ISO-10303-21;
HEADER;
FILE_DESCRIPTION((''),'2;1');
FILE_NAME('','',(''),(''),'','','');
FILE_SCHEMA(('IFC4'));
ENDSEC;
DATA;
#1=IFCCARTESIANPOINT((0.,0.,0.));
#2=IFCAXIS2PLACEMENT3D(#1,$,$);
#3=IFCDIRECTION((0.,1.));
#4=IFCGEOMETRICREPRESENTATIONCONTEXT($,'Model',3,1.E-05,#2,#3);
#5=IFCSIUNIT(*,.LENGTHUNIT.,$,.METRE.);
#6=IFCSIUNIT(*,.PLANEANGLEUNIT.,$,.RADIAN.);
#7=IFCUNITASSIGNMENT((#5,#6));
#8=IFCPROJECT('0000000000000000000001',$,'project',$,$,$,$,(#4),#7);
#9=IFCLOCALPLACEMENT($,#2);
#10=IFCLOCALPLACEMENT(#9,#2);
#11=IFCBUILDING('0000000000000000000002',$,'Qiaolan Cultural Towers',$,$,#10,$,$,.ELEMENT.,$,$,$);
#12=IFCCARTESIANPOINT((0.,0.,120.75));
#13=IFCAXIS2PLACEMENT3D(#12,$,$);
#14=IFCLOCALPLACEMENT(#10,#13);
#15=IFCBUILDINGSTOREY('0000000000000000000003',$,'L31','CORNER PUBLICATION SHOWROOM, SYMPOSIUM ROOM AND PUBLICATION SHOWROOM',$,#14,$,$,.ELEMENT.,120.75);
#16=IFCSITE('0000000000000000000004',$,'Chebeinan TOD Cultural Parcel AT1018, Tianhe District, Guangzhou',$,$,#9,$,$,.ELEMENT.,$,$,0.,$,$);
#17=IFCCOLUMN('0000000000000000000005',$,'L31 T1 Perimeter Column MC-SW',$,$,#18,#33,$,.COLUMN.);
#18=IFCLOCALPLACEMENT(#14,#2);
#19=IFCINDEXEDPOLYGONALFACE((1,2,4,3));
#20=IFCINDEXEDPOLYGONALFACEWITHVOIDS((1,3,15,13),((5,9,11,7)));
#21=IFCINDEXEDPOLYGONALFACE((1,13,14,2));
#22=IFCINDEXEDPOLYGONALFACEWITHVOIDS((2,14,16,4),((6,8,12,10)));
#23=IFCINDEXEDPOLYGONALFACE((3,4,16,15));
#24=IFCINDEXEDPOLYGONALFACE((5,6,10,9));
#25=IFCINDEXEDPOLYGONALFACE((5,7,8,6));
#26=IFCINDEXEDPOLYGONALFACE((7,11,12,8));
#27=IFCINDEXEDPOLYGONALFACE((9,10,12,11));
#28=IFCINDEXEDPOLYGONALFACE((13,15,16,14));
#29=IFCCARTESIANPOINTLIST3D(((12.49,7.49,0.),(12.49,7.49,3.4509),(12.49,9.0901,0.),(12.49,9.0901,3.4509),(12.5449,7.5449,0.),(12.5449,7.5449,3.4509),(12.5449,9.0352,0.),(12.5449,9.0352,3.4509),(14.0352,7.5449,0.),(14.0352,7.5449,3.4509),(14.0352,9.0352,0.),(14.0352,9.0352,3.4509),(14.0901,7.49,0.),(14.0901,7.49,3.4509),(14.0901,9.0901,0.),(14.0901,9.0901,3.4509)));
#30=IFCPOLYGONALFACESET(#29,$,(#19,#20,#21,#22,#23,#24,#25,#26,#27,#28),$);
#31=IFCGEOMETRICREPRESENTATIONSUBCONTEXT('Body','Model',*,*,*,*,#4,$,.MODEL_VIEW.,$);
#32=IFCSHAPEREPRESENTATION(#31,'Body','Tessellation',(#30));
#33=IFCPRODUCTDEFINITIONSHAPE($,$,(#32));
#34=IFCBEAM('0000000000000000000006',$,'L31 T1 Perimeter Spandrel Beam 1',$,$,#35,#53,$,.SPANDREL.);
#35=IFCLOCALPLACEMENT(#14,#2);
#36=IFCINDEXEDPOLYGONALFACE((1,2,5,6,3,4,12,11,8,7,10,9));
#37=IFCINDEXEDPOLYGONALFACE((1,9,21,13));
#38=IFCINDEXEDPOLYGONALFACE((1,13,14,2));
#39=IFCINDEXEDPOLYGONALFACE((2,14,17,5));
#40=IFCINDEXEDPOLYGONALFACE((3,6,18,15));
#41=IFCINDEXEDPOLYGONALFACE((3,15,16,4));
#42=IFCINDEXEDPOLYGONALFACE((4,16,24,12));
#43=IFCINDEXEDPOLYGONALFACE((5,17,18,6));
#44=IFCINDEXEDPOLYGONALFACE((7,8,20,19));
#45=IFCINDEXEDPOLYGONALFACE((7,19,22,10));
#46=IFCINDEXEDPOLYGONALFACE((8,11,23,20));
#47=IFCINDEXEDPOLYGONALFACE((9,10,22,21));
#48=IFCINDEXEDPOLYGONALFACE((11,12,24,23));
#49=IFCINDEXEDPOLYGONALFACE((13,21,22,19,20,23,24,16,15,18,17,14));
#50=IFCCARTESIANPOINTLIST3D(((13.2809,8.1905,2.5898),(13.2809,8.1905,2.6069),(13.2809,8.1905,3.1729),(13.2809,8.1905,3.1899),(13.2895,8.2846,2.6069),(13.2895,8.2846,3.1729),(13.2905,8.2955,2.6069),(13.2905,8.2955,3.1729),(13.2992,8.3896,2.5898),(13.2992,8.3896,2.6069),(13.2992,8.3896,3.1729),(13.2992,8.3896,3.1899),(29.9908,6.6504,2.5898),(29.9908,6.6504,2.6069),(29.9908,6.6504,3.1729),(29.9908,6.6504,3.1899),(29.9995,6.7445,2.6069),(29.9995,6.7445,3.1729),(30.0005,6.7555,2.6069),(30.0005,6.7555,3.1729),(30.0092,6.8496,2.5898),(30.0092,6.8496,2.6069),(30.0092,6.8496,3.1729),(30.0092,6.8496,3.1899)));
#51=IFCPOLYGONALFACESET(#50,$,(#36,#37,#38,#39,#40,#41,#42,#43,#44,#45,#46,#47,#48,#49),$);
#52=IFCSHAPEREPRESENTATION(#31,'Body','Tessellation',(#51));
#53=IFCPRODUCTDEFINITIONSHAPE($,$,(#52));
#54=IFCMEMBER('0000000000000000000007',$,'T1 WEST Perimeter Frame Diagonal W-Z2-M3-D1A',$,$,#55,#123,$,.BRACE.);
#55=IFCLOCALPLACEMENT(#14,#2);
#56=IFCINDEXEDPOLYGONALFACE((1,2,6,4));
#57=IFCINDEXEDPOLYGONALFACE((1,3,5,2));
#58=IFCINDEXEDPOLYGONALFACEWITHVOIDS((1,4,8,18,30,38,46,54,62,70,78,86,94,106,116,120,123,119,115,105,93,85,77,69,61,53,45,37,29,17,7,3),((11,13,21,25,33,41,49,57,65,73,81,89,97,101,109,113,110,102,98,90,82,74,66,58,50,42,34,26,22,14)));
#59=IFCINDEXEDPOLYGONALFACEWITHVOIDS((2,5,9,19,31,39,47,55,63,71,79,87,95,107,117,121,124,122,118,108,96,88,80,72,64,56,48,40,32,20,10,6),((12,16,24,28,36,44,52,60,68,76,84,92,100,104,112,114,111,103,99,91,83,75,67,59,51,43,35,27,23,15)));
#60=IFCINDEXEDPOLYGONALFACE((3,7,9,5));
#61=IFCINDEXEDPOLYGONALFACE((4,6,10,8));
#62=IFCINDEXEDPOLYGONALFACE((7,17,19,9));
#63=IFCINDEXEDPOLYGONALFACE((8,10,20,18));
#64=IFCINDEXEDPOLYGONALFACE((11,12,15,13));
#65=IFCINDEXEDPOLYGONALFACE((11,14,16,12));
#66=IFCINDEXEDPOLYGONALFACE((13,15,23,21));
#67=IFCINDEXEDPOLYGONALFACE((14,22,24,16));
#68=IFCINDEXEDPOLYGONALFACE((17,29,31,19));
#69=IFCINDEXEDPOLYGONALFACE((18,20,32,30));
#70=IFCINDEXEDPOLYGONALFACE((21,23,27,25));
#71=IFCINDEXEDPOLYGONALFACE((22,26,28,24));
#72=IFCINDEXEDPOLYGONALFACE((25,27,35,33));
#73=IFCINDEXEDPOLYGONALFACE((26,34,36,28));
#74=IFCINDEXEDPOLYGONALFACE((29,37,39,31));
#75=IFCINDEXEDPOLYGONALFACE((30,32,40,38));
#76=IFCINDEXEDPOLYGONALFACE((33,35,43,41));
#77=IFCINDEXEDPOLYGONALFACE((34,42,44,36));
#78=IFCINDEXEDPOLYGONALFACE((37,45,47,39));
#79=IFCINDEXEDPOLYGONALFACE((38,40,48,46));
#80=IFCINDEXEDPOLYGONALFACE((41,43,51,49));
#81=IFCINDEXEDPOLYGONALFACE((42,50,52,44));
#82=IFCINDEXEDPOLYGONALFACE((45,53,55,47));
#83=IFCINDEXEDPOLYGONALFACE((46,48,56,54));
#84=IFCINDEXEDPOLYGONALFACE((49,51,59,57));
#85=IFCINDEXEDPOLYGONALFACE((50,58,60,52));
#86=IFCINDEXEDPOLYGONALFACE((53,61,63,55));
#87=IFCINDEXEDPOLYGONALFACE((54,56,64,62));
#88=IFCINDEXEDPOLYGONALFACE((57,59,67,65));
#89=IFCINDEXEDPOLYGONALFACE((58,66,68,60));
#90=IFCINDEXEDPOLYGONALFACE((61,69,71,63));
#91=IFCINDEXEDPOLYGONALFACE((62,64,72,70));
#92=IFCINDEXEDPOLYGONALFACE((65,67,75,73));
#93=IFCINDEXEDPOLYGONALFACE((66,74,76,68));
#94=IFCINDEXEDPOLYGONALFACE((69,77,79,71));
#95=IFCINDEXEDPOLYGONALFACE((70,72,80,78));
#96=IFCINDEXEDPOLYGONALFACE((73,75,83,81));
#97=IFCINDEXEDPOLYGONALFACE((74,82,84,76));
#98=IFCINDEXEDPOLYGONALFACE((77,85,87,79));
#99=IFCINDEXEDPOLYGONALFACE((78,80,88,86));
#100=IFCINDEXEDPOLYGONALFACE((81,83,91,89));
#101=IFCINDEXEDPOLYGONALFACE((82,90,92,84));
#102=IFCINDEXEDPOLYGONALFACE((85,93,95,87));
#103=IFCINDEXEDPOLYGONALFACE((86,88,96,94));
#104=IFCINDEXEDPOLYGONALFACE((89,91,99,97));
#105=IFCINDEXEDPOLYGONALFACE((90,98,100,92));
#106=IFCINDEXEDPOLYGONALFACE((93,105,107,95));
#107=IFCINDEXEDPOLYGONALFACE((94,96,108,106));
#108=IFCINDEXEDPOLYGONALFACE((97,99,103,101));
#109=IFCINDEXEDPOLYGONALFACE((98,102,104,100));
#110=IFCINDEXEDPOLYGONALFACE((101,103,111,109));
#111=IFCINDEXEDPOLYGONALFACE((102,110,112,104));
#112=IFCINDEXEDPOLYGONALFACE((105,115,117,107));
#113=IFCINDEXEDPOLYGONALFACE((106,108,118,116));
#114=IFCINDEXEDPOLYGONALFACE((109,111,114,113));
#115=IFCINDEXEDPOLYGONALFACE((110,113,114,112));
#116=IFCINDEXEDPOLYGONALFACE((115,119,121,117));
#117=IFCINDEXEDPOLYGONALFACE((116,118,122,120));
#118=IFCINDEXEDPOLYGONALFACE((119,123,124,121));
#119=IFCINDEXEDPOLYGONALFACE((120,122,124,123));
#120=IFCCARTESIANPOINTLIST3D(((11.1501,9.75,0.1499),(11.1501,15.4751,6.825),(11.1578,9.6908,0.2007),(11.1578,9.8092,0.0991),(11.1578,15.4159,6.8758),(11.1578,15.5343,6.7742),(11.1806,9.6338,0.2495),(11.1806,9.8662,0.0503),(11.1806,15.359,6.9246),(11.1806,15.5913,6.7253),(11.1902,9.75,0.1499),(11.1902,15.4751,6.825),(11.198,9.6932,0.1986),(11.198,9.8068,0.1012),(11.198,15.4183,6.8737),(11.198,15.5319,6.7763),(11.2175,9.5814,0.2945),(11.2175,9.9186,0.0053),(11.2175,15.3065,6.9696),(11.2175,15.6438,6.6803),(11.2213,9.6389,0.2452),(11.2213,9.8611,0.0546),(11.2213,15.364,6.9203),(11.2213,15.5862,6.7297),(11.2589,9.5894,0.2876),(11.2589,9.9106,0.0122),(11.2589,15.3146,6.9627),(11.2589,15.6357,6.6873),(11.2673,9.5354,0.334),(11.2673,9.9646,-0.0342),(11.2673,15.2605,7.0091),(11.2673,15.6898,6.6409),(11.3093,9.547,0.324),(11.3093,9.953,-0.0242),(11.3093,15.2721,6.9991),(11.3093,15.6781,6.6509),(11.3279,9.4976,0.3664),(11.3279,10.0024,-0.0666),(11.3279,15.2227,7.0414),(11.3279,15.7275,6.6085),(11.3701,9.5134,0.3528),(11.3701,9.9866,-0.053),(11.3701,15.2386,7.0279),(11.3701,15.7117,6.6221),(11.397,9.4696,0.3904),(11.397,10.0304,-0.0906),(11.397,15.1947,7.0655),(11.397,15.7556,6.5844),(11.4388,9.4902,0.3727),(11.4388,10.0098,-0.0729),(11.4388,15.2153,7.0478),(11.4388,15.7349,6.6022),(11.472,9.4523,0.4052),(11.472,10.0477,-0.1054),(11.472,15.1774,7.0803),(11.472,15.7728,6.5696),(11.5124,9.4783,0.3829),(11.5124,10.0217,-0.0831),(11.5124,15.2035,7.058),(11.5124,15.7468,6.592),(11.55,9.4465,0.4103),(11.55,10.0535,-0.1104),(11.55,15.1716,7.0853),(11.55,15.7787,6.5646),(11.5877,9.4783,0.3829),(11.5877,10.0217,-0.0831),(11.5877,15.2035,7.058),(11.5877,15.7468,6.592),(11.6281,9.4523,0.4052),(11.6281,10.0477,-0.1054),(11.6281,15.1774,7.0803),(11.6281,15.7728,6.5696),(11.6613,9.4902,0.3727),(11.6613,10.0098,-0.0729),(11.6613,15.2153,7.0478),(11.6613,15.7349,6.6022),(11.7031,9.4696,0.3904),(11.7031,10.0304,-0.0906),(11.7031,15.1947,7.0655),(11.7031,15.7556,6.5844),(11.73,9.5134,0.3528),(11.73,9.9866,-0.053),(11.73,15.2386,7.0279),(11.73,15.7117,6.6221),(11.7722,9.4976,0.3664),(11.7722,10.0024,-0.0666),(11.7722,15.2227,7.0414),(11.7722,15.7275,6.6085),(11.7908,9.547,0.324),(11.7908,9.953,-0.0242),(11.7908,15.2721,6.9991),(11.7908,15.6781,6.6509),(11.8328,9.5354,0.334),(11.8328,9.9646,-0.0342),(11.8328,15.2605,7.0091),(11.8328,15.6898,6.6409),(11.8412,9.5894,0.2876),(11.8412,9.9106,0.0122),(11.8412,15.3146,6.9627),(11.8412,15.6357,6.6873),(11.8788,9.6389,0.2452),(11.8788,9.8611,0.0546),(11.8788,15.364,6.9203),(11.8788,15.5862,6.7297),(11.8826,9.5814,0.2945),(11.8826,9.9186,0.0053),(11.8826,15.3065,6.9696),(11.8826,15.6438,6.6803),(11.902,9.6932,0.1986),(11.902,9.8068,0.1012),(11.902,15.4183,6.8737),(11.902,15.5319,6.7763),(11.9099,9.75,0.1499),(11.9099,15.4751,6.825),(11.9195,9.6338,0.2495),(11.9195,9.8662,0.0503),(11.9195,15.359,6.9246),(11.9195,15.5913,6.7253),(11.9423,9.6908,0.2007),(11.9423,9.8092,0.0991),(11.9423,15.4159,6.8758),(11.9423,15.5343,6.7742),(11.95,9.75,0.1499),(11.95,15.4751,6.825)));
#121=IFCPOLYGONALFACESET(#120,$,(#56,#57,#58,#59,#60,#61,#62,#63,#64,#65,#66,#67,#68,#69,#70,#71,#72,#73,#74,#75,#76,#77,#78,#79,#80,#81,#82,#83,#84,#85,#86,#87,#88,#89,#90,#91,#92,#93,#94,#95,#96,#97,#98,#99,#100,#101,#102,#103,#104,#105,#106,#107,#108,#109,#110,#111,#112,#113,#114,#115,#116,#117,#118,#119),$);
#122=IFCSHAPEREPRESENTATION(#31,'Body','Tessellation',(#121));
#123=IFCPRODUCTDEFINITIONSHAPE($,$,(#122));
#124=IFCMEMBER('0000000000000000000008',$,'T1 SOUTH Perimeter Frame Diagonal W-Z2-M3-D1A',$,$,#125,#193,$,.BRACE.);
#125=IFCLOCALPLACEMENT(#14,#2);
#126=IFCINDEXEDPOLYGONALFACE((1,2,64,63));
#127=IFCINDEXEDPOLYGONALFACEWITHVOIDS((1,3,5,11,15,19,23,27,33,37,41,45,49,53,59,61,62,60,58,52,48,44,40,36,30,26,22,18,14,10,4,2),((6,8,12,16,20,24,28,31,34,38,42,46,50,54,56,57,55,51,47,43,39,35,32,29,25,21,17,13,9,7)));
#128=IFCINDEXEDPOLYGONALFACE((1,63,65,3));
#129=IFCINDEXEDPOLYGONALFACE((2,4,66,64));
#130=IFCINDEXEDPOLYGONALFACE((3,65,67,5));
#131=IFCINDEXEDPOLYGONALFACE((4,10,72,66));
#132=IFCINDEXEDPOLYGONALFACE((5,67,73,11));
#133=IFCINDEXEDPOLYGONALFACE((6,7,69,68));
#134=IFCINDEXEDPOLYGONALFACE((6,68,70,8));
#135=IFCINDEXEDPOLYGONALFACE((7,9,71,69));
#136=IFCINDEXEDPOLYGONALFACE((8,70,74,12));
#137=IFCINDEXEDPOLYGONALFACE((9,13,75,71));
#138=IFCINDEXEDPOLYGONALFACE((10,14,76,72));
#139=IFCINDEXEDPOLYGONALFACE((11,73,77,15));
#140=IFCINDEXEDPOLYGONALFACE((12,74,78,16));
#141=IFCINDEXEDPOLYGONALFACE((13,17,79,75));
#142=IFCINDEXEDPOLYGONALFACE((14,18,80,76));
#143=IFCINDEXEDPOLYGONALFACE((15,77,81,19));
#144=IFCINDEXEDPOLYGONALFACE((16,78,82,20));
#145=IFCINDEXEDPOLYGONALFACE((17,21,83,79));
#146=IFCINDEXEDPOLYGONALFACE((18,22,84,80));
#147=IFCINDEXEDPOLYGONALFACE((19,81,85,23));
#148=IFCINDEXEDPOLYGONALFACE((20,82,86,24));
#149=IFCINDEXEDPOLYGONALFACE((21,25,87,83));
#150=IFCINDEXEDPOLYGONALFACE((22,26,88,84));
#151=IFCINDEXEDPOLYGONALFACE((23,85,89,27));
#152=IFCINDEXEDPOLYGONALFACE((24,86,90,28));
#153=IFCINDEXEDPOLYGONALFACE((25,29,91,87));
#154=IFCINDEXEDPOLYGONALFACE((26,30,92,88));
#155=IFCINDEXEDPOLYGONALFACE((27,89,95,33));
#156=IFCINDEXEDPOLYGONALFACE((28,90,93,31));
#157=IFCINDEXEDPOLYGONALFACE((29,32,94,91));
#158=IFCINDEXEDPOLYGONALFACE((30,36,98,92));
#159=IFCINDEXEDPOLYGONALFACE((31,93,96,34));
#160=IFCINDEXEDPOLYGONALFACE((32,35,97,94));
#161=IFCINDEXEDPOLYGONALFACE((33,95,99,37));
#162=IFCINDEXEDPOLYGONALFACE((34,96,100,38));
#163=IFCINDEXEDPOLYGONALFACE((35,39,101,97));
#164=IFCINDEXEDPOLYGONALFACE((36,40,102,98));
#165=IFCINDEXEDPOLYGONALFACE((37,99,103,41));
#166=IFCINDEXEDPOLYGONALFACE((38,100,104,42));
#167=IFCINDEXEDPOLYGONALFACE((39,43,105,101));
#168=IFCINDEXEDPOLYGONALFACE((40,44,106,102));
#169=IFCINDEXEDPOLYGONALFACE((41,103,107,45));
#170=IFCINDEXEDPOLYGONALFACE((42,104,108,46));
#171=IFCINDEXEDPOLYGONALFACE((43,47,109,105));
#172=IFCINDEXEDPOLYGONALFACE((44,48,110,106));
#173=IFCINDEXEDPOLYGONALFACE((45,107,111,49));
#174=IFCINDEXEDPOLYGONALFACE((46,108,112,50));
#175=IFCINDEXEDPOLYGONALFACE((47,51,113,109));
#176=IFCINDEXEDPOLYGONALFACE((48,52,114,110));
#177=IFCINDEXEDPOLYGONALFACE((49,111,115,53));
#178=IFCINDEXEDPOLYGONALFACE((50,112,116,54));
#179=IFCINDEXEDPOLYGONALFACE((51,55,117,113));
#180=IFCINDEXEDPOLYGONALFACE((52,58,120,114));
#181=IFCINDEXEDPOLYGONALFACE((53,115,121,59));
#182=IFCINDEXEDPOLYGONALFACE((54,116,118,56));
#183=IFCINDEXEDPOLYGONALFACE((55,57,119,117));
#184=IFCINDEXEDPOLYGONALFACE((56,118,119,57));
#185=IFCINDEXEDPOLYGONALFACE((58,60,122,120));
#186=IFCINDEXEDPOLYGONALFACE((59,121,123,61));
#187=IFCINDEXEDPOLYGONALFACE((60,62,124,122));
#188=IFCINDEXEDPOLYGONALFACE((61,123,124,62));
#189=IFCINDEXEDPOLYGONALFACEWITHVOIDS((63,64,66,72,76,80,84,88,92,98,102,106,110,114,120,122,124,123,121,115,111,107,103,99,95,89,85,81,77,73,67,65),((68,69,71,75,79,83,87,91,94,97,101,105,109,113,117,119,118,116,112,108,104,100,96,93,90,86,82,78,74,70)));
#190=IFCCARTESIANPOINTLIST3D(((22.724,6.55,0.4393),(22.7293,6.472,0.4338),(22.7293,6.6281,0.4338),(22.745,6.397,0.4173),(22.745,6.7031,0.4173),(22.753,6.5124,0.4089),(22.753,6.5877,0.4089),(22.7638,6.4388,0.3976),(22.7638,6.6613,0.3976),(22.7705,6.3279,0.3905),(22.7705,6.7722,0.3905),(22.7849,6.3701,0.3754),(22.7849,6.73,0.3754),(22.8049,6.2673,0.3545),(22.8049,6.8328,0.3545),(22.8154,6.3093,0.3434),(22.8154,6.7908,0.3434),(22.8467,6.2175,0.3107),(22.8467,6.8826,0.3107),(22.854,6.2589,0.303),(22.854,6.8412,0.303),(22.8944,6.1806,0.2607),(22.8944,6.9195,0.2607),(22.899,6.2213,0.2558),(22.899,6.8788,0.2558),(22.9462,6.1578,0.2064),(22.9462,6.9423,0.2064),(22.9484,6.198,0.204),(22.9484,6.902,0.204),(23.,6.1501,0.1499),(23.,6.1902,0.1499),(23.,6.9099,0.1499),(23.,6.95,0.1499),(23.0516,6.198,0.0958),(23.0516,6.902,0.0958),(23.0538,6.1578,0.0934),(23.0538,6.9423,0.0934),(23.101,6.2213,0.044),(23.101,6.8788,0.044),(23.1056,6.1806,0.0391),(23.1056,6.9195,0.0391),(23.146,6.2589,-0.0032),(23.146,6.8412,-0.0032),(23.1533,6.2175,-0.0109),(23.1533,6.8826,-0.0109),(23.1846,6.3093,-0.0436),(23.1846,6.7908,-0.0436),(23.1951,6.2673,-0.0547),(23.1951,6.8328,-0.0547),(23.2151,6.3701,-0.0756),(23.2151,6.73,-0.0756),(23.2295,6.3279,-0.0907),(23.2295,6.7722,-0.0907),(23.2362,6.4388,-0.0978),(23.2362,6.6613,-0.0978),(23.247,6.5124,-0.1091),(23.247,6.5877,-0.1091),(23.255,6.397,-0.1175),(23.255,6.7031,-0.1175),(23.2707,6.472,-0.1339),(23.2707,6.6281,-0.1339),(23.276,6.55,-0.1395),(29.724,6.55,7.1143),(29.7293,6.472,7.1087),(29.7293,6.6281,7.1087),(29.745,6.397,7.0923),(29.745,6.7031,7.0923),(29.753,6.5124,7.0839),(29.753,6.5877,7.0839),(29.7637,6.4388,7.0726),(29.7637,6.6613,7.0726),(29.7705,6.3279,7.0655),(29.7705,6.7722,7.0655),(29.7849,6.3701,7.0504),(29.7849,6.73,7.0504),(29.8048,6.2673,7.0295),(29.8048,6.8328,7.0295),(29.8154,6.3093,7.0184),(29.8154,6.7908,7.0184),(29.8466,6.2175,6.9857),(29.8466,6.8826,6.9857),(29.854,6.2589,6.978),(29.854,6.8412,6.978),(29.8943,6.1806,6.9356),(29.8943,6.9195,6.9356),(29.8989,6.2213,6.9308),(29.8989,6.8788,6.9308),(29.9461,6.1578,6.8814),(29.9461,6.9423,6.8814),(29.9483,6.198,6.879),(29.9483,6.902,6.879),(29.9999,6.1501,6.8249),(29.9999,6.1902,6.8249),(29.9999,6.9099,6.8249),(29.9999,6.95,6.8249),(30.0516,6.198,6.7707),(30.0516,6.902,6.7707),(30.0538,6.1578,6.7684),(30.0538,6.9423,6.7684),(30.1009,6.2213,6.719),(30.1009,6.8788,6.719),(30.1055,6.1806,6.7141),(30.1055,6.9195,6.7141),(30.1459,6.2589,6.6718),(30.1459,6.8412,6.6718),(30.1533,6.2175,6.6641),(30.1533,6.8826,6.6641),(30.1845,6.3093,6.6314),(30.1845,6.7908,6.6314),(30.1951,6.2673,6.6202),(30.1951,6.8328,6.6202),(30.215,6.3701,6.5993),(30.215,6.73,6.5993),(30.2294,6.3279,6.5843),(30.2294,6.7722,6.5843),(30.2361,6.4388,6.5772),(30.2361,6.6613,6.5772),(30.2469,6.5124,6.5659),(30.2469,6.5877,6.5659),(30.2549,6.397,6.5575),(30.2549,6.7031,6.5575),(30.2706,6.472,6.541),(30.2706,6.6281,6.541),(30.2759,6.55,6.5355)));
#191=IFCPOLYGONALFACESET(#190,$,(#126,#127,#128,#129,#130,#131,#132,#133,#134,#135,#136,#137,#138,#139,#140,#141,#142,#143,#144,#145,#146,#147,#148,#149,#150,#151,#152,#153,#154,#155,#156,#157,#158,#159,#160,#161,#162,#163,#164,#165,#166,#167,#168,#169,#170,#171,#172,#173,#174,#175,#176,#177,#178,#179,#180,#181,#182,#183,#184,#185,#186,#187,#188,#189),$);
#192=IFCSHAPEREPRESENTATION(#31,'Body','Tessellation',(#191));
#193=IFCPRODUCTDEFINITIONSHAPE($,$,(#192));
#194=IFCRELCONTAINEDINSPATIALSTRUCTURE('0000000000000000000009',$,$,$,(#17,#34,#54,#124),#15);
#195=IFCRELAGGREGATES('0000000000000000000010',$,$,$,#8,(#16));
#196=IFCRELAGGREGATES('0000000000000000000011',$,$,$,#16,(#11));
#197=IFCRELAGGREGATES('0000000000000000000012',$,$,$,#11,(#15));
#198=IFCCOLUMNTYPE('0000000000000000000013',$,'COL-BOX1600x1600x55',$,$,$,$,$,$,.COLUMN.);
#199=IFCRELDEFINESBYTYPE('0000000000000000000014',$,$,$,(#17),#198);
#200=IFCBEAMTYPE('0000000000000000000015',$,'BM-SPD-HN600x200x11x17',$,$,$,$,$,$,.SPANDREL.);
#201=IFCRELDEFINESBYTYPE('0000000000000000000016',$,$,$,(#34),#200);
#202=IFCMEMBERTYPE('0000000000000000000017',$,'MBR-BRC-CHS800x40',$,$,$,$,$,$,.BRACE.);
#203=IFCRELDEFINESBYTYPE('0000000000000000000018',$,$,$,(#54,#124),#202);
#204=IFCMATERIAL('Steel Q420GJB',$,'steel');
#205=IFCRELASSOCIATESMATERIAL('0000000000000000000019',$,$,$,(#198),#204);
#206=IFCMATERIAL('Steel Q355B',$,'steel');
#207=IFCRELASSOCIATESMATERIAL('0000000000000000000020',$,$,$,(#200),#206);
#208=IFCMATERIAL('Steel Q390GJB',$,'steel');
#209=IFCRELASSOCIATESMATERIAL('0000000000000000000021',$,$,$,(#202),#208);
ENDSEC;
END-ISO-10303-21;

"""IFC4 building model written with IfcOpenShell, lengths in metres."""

from ifc_helpers import new_model, si_unit, direction, frame, origin, origin_2d, place, context, subcontext, project, spatial, hollow_rectangle, hollow_circle, i_section, extrude, material, material_profile, profile_set, type_object, element, save


model = new_model("IFC4")

# Units and contexts
model_context = context("Model", 3, precision=1e-05, world=origin(), true_north=direction((0.0, 1.0)))
body_context = subcontext(model_context, "Body", "Model", "MODEL_VIEW")
ifc_project = project(units=[si_unit("LENGTHUNIT", "METRE"), si_unit("PLANEANGLEUNIT", "RADIAN")], contexts=[model_context])

# Site, building, storey
site_placement = place(None, origin())
site = spatial("IfcSite", under=ifc_project, at=site_placement, Name="Chebeinan TOD Cultural Parcel AT1018, Tianhe District, Guangzhou", CompositionType="ELEMENT", RefElevation=0.0)
building_placement = place(site_placement, origin())
building = spatial("IfcBuilding", under=site, at=building_placement, Name="Qiaolan Cultural Towers", CompositionType="ELEMENT")
storey_placement = place(building_placement, frame((0.0, 0.0, 120.75)))
storey = spatial("IfcBuildingStorey", under=building, at=storey_placement, Name="L31", Description="CORNER PUBLICATION SHOWROOM, SYMPOSIUM ROOM AND PUBLICATION SHOWROOM", CompositionType="ELEMENT", Elevation=120.75)

# Column
ifc_material_1 = material(Name="Steel Q420GJB", Category="steel")
ifc_material_profile_1 = material_profile(ifc_material_1, hollow_rectangle(XDim=1.6001, YDim=1.6001, WallThickness=0.0549, at=origin_2d()), Name="BOX1600x1600x55")
ifc_profile_set_1 = profile_set([ifc_material_profile_1], Name="Steel Q420GJB")
column_type = type_object("IfcColumnType", Name="COL-BOX1600x1600x55", PredefinedType="COLUMN", material=ifc_profile_set_1)
column_placement = place(storey_placement, frame((13.29, 8.29, 0.0), z_axis=(0.0, 0.0, 1.0), x_axis=(1.0, 0.0, 0.0)))
element("IfcColumn", 1, at=column_placement, inside=storey, type_object=column_type, Name="L31 T1 Perimeter Column MC-SW", PredefinedType="COLUMN", context=body_context, shape_type="SweptSolid", body=[
    extrude(hollow_rectangle(XDim=1.6001, YDim=1.6001, WallThickness=0.0549, at=origin_2d()), origin(), (0.0, 0.0, 1.0), 3.4509),
])

# Beam
ifc_material_2 = material(Name="Steel Q355B", Category="steel")
ifc_material_profile_2 = material_profile(ifc_material_2, i_section(OverallWidth=0.2, OverallDepth=0.6001, WebThickness=0.011, FlangeThickness=0.0171, at=origin_2d()), Name="HN600x200x11x17")
ifc_profile_set_2 = profile_set([ifc_material_profile_2], Name="Steel Q355B")
beam_type = type_object("IfcBeamType", Name="BM-SPD-HN600x200x11x17", PredefinedType="SPANDREL", material=ifc_profile_set_2)
beam_placement = place(storey_placement, frame((13.29, 8.29, 2.8899), z_axis=(0.99578, -0.091774, 0.0), x_axis=(0.091774, 0.99578, 0.0)))
element("IfcBeam", 2, at=beam_placement, inside=storey, type_object=beam_type, Name="L31 T1 Perimeter Spandrel Beam 1", PredefinedType="SPANDREL", context=body_context, shape_type="SweptSolid", body=[
    extrude(i_section(OverallWidth=0.2, OverallDepth=0.6001, WebThickness=0.011, FlangeThickness=0.0171, at=origin_2d()), origin(), (0.0, 0.0, 1.0), 16.7808),
])

# Members
ifc_material_3 = material(Name="Steel Q390GJB", Category="steel")
ifc_material_profile_3 = material_profile(ifc_material_3, hollow_circle(Radius=0.3999, WallThickness=0.04, at=origin_2d()), Name="CHS800x40")
ifc_profile_set_3 = profile_set([ifc_material_profile_3], Name="Steel Q390GJB")
member_type = type_object("IfcMemberType", Name="MBR-BRC-CHS800x40", PredefinedType="BRACE", material=ifc_profile_set_3)
member_1_placement = place(storey_placement, frame((11.55, 9.75, 0.1499), z_axis=(0.0, 0.651029, 0.759053), x_axis=(-1.0, 0.0, 0.0)))
element("IfcMember", 3, at=member_1_placement, inside=storey, type_object=member_type, Name="T1 WEST Perimeter Frame Diagonal W-Z2-M3-D1A", PredefinedType="BRACE", context=body_context, shape_type="SweptSolid", body=[
    extrude(hollow_circle(Radius=0.3999, WallThickness=0.04, at=origin_2d()), origin(), (0.0, 0.0, 1.0), 8.7939),
])
member_2_placement = place(storey_placement, frame((23.0, 6.55, 0.1499), z_axis=(0.723705, 0.0, 0.690109), x_axis=(0.0, 1.0, 0.0)))
element("IfcMember", 4, at=member_2_placement, inside=storey, type_object=member_type, Name="T1 SOUTH Perimeter Frame Diagonal W-Z2-M3-D1A", PredefinedType="BRACE", context=body_context, shape_type="SweptSolid", body=[
    extrude(hollow_circle(Radius=0.3999, WallThickness=0.04, at=origin_2d()), origin(), (0.0, 0.0, 1.0), 9.6724),
])

save(model, "model.ifc")
